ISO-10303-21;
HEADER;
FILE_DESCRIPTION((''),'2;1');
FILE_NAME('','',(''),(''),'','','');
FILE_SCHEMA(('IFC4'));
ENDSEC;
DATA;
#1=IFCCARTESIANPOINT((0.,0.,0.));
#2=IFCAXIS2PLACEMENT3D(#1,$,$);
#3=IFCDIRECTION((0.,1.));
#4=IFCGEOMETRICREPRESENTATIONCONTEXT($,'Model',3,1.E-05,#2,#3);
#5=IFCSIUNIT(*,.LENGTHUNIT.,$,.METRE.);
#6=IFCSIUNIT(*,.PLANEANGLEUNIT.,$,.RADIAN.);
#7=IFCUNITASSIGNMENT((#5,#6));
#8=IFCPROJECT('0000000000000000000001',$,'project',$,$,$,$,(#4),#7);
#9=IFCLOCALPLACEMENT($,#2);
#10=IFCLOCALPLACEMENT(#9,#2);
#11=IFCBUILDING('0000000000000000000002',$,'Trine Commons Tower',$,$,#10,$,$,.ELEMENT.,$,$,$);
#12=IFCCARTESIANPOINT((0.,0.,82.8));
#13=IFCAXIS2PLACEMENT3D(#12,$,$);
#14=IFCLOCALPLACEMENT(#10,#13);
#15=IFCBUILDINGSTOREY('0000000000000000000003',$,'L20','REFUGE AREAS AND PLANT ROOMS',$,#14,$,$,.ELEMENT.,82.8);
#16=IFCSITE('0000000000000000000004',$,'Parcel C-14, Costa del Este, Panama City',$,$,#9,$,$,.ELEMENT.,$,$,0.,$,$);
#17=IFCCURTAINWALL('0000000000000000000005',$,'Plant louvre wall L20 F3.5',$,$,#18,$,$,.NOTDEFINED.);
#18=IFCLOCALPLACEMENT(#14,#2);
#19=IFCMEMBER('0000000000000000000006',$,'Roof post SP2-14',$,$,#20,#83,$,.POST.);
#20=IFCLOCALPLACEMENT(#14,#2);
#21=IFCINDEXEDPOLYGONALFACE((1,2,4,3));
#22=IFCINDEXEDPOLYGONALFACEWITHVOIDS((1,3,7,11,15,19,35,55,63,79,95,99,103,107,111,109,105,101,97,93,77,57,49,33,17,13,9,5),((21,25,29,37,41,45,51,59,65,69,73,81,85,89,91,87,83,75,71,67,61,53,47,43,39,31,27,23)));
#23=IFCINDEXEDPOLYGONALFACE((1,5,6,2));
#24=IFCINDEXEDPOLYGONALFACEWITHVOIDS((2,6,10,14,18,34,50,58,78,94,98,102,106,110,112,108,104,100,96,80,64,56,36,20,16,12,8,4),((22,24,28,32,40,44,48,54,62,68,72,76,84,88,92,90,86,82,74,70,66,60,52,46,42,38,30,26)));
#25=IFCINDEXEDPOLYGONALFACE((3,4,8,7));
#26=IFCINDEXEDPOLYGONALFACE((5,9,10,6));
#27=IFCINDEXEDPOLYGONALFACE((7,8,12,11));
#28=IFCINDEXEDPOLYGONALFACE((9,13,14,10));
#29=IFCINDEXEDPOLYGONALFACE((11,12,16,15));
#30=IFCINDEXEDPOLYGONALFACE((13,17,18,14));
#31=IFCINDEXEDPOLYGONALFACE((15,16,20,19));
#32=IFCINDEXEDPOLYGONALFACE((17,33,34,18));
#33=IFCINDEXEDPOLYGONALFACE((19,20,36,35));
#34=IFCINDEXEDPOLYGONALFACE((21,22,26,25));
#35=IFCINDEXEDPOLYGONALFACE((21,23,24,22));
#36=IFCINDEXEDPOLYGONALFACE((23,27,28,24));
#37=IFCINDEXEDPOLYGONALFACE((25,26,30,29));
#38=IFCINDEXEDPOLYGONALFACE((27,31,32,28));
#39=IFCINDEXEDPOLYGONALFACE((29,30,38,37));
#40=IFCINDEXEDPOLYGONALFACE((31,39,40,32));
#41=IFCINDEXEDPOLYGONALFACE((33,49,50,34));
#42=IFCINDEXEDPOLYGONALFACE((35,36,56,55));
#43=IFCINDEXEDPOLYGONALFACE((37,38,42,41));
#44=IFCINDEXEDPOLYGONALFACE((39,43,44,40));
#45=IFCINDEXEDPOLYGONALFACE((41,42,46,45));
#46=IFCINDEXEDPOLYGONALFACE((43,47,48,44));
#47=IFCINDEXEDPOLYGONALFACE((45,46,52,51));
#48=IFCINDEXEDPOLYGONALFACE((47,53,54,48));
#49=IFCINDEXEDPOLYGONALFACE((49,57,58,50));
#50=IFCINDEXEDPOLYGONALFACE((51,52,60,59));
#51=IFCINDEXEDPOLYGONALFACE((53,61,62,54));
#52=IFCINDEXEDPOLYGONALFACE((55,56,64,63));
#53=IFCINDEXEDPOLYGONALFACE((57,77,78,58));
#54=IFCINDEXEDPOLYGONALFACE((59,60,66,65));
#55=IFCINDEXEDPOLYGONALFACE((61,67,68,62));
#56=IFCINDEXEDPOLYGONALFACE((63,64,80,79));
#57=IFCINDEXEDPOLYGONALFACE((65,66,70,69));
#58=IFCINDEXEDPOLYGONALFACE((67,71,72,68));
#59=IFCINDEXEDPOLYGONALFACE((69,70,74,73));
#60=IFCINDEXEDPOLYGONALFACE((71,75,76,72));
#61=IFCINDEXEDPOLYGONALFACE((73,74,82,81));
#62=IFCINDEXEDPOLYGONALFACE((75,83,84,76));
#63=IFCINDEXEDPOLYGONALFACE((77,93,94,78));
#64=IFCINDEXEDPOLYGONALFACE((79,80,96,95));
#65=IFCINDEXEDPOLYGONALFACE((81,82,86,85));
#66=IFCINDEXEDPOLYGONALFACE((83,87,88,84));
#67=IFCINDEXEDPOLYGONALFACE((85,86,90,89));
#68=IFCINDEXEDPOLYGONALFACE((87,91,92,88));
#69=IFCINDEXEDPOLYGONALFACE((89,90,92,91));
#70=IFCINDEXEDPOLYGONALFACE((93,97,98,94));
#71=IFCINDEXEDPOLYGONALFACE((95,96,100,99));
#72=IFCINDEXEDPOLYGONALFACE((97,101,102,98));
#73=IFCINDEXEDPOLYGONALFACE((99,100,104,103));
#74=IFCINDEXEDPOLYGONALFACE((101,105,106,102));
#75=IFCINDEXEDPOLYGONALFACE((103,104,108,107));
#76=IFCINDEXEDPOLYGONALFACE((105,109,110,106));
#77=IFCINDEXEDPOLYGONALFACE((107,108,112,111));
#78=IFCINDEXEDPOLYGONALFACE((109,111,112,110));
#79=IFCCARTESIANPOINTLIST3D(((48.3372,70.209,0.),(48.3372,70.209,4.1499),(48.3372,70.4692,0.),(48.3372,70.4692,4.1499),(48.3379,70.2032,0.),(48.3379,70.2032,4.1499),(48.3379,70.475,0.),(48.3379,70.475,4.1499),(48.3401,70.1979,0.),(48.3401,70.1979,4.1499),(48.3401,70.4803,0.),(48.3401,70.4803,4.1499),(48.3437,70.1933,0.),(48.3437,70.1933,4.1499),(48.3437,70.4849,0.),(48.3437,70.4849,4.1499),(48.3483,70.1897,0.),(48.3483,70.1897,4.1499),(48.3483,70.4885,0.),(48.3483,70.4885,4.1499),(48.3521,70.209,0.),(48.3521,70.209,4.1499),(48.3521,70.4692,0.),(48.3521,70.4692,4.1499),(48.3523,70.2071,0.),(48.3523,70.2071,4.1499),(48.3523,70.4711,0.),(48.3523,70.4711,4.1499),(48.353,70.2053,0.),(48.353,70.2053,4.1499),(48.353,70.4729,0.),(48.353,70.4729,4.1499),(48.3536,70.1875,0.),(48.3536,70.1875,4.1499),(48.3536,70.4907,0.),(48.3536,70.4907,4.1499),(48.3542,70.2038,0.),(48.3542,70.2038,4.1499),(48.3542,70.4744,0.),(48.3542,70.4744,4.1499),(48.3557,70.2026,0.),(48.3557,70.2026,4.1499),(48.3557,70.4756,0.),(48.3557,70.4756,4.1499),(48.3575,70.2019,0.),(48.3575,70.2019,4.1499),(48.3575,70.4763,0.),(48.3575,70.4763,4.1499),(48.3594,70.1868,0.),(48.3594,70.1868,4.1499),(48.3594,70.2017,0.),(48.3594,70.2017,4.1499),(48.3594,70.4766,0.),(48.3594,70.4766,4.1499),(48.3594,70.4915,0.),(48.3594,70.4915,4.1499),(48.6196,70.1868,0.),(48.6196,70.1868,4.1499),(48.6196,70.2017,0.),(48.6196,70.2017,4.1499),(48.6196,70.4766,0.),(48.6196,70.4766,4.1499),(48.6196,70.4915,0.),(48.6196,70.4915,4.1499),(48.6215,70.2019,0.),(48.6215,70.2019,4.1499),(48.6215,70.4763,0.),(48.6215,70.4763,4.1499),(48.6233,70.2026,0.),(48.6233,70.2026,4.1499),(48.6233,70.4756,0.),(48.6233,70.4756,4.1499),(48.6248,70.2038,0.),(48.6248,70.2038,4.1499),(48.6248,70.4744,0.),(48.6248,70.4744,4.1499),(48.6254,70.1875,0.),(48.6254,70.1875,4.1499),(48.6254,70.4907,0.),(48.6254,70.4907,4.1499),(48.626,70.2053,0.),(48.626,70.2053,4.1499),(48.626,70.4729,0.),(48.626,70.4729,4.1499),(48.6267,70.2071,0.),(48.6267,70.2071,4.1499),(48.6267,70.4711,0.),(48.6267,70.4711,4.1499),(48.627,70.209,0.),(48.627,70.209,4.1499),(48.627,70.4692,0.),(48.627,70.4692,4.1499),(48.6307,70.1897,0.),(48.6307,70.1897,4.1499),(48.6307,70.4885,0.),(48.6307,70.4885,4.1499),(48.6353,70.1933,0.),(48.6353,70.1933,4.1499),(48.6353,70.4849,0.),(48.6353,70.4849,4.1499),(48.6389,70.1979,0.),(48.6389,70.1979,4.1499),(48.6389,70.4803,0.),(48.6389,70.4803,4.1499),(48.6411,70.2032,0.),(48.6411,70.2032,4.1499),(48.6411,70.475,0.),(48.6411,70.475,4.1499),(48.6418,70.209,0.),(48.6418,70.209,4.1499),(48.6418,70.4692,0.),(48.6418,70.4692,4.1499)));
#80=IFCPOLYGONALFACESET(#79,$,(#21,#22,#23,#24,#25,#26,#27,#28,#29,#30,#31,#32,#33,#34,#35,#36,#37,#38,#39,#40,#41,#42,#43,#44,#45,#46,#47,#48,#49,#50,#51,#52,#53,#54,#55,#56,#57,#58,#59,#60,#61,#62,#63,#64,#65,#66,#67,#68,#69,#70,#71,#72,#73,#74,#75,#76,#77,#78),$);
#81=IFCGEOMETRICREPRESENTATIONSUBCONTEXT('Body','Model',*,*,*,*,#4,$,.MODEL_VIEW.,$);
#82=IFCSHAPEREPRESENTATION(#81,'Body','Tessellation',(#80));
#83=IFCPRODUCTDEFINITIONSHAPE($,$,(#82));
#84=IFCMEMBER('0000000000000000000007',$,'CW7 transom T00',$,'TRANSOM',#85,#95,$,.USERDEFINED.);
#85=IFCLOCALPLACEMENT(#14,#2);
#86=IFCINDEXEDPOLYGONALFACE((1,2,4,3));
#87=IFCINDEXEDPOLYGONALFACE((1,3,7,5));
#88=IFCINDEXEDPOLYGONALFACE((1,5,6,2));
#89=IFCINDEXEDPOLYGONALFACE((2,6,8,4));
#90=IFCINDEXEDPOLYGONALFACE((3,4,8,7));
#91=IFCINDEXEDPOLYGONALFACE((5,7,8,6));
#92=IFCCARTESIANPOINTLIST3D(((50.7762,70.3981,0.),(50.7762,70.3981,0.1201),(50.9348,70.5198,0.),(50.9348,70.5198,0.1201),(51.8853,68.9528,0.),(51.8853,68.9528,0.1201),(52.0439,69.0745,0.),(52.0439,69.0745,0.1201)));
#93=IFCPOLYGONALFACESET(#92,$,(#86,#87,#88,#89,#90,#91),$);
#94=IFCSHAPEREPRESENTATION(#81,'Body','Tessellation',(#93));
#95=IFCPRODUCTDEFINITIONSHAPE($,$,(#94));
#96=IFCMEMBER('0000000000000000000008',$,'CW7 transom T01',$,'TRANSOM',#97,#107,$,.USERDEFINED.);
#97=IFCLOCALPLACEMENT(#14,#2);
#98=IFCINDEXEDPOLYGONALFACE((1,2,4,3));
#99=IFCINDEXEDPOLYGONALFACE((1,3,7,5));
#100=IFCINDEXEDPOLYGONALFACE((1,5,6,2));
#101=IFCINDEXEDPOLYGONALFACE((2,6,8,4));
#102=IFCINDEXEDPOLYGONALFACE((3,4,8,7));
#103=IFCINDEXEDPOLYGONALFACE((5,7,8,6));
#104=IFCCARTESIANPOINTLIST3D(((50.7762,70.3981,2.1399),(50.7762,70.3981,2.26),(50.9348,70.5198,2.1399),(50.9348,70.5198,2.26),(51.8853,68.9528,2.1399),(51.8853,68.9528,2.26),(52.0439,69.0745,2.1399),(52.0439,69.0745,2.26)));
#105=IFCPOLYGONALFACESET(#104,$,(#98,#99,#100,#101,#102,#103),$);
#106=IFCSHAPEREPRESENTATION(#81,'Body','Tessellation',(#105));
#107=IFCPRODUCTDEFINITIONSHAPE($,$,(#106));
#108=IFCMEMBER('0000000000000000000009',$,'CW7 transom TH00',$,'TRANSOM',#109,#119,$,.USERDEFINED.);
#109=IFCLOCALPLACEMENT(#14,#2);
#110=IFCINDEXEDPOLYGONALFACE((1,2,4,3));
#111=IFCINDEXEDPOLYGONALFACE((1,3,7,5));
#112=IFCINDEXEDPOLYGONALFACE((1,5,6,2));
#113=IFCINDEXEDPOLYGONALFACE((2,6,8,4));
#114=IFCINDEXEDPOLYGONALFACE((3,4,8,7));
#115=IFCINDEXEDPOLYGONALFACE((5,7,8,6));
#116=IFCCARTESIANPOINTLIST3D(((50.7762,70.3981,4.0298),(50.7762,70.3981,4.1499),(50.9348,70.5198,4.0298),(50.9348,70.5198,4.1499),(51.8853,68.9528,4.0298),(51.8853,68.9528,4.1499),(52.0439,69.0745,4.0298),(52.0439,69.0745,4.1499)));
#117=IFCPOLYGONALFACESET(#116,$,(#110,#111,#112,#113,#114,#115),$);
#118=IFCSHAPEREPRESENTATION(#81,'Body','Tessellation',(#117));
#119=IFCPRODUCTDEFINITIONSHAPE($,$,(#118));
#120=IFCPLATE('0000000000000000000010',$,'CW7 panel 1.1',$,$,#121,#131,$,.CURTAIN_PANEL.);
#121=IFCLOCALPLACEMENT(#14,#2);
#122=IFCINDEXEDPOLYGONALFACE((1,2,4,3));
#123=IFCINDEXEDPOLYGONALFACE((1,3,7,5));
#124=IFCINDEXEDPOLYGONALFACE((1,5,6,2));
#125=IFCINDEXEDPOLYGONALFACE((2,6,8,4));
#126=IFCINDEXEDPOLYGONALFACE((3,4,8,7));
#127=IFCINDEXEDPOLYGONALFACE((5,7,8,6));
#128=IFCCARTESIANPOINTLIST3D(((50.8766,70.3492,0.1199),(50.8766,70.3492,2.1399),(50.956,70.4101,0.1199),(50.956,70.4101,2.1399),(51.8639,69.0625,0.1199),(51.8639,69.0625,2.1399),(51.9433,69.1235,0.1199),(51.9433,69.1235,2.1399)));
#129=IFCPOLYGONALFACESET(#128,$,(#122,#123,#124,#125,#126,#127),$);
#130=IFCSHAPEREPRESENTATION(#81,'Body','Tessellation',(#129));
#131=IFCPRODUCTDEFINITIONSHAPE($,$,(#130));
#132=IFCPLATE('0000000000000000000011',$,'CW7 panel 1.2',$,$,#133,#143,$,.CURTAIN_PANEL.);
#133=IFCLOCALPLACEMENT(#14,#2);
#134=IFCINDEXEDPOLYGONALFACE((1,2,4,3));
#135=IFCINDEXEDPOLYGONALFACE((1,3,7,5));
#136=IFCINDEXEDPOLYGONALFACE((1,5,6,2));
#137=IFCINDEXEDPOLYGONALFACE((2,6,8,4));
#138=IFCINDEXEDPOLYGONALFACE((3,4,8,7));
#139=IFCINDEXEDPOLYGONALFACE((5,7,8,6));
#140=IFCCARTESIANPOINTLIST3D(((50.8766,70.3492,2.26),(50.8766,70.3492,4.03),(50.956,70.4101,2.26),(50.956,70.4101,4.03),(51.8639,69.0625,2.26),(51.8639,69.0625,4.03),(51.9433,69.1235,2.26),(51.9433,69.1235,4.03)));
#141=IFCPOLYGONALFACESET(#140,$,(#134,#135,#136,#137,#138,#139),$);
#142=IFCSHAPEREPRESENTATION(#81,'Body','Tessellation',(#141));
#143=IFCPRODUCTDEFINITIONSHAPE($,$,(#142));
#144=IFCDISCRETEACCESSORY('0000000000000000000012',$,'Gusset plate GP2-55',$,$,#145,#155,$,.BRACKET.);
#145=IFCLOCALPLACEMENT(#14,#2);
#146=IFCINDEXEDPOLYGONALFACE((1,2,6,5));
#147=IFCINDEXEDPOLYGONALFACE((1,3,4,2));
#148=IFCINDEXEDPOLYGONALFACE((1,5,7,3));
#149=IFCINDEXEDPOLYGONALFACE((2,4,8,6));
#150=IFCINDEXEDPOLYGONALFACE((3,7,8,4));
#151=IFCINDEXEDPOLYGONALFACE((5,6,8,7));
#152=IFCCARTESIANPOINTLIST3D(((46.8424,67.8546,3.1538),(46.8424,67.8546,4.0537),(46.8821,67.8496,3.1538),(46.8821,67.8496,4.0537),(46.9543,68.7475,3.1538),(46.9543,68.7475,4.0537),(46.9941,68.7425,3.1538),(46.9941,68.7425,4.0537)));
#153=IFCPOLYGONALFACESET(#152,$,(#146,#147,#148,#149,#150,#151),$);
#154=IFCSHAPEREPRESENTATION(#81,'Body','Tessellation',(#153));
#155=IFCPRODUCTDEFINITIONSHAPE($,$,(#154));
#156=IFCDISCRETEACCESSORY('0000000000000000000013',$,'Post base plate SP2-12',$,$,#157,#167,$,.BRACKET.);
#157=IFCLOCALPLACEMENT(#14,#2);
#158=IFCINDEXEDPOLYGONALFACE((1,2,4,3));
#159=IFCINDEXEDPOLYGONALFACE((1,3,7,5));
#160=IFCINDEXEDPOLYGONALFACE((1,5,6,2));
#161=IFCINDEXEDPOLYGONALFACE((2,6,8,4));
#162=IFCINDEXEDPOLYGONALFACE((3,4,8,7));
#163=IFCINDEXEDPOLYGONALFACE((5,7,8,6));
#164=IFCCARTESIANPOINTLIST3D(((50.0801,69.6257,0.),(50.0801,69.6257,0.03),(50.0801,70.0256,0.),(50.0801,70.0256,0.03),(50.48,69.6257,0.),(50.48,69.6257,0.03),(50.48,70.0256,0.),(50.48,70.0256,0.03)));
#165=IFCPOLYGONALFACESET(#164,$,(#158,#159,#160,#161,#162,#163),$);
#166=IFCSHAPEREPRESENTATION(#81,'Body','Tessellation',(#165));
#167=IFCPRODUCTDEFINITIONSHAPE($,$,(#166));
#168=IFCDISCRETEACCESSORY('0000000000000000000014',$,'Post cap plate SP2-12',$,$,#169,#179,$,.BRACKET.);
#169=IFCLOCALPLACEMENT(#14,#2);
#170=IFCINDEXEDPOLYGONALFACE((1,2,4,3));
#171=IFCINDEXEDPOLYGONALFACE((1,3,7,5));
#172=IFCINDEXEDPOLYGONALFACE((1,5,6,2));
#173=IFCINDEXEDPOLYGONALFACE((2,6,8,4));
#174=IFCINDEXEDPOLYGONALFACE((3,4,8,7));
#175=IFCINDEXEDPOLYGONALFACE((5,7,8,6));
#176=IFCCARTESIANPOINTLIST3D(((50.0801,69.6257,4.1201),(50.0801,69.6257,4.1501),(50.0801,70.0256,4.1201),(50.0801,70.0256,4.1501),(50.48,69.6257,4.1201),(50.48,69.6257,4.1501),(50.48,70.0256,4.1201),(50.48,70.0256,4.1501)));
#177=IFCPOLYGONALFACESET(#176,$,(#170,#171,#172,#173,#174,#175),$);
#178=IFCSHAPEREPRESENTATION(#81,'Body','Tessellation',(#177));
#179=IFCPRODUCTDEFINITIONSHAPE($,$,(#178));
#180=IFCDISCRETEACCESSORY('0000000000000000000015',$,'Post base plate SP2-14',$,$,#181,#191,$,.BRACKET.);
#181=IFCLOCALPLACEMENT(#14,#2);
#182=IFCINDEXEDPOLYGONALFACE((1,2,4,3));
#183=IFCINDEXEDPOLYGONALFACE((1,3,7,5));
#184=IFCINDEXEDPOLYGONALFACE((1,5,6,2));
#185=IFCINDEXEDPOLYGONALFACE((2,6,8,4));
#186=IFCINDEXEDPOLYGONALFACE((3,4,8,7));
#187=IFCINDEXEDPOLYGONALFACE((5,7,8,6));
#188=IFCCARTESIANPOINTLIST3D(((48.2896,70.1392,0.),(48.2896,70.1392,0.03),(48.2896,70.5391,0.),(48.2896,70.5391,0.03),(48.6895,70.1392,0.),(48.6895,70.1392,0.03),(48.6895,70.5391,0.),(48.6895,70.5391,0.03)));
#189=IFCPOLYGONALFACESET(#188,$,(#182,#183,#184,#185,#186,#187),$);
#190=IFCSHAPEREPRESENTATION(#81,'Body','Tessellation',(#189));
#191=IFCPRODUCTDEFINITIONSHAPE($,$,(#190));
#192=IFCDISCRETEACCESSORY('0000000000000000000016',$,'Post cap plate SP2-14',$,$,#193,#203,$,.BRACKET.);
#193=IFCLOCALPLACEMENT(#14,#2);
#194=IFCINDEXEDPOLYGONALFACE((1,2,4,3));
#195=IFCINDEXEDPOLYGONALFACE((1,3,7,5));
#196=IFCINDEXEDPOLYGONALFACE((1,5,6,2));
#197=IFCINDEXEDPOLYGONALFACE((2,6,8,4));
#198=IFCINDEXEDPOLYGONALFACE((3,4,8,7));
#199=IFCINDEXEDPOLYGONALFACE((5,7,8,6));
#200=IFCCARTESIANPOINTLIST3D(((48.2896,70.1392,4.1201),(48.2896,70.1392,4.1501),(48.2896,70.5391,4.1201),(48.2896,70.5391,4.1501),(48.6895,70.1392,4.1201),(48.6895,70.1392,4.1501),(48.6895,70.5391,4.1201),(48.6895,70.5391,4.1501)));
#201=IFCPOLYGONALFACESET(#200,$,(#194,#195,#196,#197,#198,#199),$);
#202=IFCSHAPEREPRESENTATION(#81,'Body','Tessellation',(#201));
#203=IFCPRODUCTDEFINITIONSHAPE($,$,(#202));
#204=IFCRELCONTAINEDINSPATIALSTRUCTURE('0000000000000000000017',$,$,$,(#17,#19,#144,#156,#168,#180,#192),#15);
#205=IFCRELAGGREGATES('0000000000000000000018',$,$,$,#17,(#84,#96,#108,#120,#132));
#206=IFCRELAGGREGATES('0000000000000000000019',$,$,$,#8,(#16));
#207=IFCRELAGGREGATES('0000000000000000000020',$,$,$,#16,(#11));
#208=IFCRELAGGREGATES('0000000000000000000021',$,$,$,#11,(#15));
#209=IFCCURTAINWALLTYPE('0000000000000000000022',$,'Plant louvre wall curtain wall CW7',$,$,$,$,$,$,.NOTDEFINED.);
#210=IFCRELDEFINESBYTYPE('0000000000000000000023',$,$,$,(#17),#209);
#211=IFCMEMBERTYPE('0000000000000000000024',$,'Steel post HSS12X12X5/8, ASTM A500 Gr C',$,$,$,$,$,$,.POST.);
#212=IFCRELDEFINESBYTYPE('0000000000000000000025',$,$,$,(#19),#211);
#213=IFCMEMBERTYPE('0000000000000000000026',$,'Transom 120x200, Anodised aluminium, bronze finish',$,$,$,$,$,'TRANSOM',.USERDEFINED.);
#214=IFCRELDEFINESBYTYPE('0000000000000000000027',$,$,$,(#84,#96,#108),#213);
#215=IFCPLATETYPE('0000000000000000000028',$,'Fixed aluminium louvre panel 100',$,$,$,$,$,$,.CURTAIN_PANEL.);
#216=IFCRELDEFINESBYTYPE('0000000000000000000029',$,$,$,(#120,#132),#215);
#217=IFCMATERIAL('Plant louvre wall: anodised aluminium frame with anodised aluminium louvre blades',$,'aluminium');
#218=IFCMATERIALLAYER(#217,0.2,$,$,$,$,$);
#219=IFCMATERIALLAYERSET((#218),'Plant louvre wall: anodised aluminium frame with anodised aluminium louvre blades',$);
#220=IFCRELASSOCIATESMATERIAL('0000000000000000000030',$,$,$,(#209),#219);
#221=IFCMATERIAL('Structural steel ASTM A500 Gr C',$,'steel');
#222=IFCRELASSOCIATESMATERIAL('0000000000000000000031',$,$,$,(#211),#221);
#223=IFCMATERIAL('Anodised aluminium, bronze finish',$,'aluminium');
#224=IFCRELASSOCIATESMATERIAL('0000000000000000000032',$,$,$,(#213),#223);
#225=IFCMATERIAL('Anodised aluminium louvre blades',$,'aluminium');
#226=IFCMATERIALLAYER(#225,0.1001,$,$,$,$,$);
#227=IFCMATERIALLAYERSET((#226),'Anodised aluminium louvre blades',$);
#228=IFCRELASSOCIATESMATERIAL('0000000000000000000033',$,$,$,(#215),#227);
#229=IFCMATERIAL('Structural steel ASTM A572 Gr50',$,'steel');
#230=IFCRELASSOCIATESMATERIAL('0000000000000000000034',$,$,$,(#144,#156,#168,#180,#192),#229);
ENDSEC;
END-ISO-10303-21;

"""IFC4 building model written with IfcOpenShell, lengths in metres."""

from ifc_helpers import new_model, si_unit, direction, frame, origin, origin_2d, place, context, subcontext, project, spatial, rectangle, hollow_rectangle, extrude, material, layer, layer_set, material_profile, profile_set, type_object, element, aggregate, save


model = new_model("IFC4")

# Units and contexts
model_context = context("Model", 3, precision=1e-05, world=origin(), true_north=direction((0.0, 1.0)))
body_context = subcontext(model_context, "Body", "Model", "MODEL_VIEW")
ifc_project = project(units=[si_unit("LENGTHUNIT", "METRE"), si_unit("PLANEANGLEUNIT", "RADIAN")], contexts=[model_context])

# Site, building, storey
site_placement = place(None, origin())
site = spatial("IfcSite", under=ifc_project, at=site_placement, Name="Parcel C-14, Costa del Este, Panama City", CompositionType="ELEMENT", RefElevation=0.0)
building_placement = place(site_placement, origin())
building = spatial("IfcBuilding", under=site, at=building_placement, Name="Trine Commons Tower", CompositionType="ELEMENT")
storey_placement = place(building_placement, frame((0.0, 0.0, 82.8)))
storey = spatial("IfcBuildingStorey", under=building, at=storey_placement, Name="L20", Description="REFUGE AREAS AND PLANT ROOMS", CompositionType="ELEMENT", Elevation=82.8)

# Curtain wall
ifc_material_1 = material(Name="Plant louvre wall: anodised aluminium frame with anodised aluminium louvre blades", Category="aluminium")
ifc_layer_1 = layer(ifc_material_1, 0.2)
ifc_layer_set_1 = layer_set([ifc_layer_1], Name="Plant louvre wall: anodised aluminium frame with anodised aluminium louvre blades")
curtain_wall_type = type_object("IfcCurtainWallType", Name="Plant louvre wall curtain wall CW7", PredefinedType="NOTDEFINED", material=ifc_layer_set_1)
curtain_wall_placement = place(storey_placement, origin())
curtain_wall = element("IfcCurtainWall", 1, at=curtain_wall_placement, inside=storey, type_object=curtain_wall_type, Name="Plant louvre wall L20 F3.5", PredefinedType="NOTDEFINED")
ifc_material_2 = material(Name="Anodised aluminium, bronze finish", Category="aluminium")

# Member
ifc_material_3 = material(Name="Structural steel ASTM A500 Gr C", Category="steel")
ifc_material_profile_1 = material_profile(ifc_material_3, hollow_rectangle(XDim=0.3047, YDim=0.3047, WallThickness=0.0149, InnerFilletRadius=0.0073, OuterFilletRadius=0.0222, at=origin_2d()), Name="HSS12X12X5/8")
ifc_profile_set_1 = profile_set([ifc_material_profile_1], Name="Structural steel ASTM A500 Gr C")
member_type_1 = type_object("IfcMemberType", Name="Steel post HSS12X12X5/8, ASTM A500 Gr C", PredefinedType="POST", material=ifc_profile_set_1)
for number, where, z_axis, x_axis, name in (
    (2, (48.4895, 70.3391, 0.0), (0.0, 0.0, 1.0), (1.0, 0.0, 0.0), "Roof post SP2-14"),
):
    element("IfcMember", number, at=place(storey_placement, frame(where, z_axis=z_axis, x_axis=x_axis)), inside=storey, type_object=member_type_1, Name=name, PredefinedType="POST", context=body_context, shape_type="SweptSolid", body=[
        extrude(hollow_rectangle(XDim=0.3047, YDim=0.3047, WallThickness=0.0149, InnerFilletRadius=0.0073, OuterFilletRadius=0.0222, at=origin_2d()), origin(), (0.0, 0.0, 1.0), 4.1499),
    ])

# Members
ifc_material_profile_2 = material_profile(ifc_material_2, rectangle(XDim=0.2, YDim=0.1201, at=origin_2d()), Name="Transom 120x200")
ifc_profile_set_2 = profile_set([ifc_material_profile_2], Name="Anodised aluminium, bronze finish")
member_type_2 = type_object("IfcMemberType", Name="Transom 120x200, Anodised aluminium, bronze finish", ElementType="TRANSOM", PredefinedType="USERDEFINED", material=ifc_profile_set_2)
member_1_placement = place(storey_placement, frame((51.9646, 69.0137, 0.0601), z_axis=(-0.608797, 0.793326, 0.0), x_axis=(-0.793326, -0.608797, 0.0)))
member_1 = element("IfcMember", 3, at=member_1_placement, type_object=member_type_2, Name="CW7 transom T00", ObjectType="TRANSOM", PredefinedType="USERDEFINED", context=body_context, shape_type="SweptSolid", body=[
    extrude(rectangle(XDim=0.2, YDim=0.1201, at=origin_2d()), origin(), (0.0, 0.0, 1.0), 1.8218),
])
member_2_placement = place(storey_placement, frame((51.9646, 69.0137, 2.2), z_axis=(-0.608797, 0.793326, 0.0), x_axis=(-0.793326, -0.608797, 0.0)))
member_2 = element("IfcMember", 4, at=member_2_placement, type_object=member_type_2, Name="CW7 transom T01", ObjectType="TRANSOM", PredefinedType="USERDEFINED", context=body_context, shape_type="SweptSolid", body=[
    extrude(rectangle(XDim=0.2, YDim=0.1201, at=origin_2d()), origin(), (0.0, 0.0, 1.0), 1.8218),
])
member_3_placement = place(storey_placement, frame((51.9646, 69.0137, 4.0898), z_axis=(-0.608797, 0.793326, 0.0), x_axis=(-0.793326, -0.608797, 0.0)))
member_3 = element("IfcMember", 5, at=member_3_placement, type_object=member_type_2, Name="CW7 transom TH00", ObjectType="TRANSOM", PredefinedType="USERDEFINED", context=body_context, shape_type="SweptSolid", body=[
    extrude(rectangle(XDim=0.2, YDim=0.1201, at=origin_2d()), origin(), (0.0, 0.0, 1.0), 1.8218),
])

# Plates
ifc_material_4 = material(Name="Anodised aluminium louvre blades", Category="aluminium")
ifc_layer_2 = layer(ifc_material_4, 0.1001)
ifc_layer_set_2 = layer_set([ifc_layer_2], Name="Anodised aluminium louvre blades")
plate_type = type_object("IfcPlateType", Name="Fixed aluminium louvre panel 100", PredefinedType="CURTAIN_PANEL", material=ifc_layer_set_2)
plate_1_placement = place(storey_placement, frame((51.4099, 69.7363, 0.1199), z_axis=(0.0, 0.0, 1.0), x_axis=(-0.608761, 0.793353, 0.0)))
plate_1 = element("IfcPlate", 6, at=plate_1_placement, type_object=plate_type, Name="CW7 panel 1.1", PredefinedType="CURTAIN_PANEL", context=body_context, shape_type="SweptSolid", body=[
    extrude(rectangle(XDim=1.6218, YDim=0.1001, at=origin_2d()), origin(), (0.0, 0.0, 1.0), 2.02),
])
plate_2_placement = place(storey_placement, frame((51.4099, 69.7363, 2.26), z_axis=(0.0, 0.0, 1.0), x_axis=(-0.608761, 0.793353, 0.0)))
plate_2 = element("IfcPlate", 7, at=plate_2_placement, type_object=plate_type, Name="CW7 panel 1.2", PredefinedType="CURTAIN_PANEL", context=body_context, shape_type="SweptSolid", body=[
    extrude(rectangle(XDim=1.6218, YDim=0.1001, at=origin_2d()), origin(), (0.0, 0.0, 1.0), 1.77),
])
aggregate(curtain_wall, [member_1, member_2, member_3, plate_1, plate_2])

# Discrete accessories
ifc_material_5 = material(Name="Structural steel ASTM A572 Gr50", Category="steel")
discrete_accessory_placement = place(storey_placement, frame((46.9182, 68.2986, 3.1538), z_axis=(0.0, 0.0, 1.0), x_axis=(-0.12445, -0.992226, 0.0)))
element("IfcDiscreteAccessory", 8, at=discrete_accessory_placement, inside=storey, material=ifc_material_5, Name="Gusset plate GP2-55", PredefinedType="BRACKET", context=body_context, shape_type="SweptSolid", body=[
    extrude(rectangle(XDim=0.8999, YDim=0.04, at=origin_2d()), origin(), (0.0, 0.0, 1.0), 0.8999),
])
for number, where, z_axis, x_axis, name in (
    (9, (50.28, 69.8257, 0.0), (0.0, 0.0, 1.0), (1.0, 0.0, 0.0), "Post base plate SP2-12"),
    (10, (50.28, 69.8257, 4.1201), (0.0, 0.0, 1.0), (1.0, 0.0, 0.0), "Post cap plate SP2-12"),
    (11, (48.4895, 70.3391, 0.0), (0.0, 0.0, 1.0), (1.0, 0.0, 0.0), "Post base plate SP2-14"),
    (12, (48.4895, 70.3391, 4.1201), (0.0, 0.0, 1.0), (1.0, 0.0, 0.0), "Post cap plate SP2-14"),
):
    element("IfcDiscreteAccessory", number, at=place(storey_placement, frame(where, z_axis=z_axis, x_axis=x_axis)), inside=storey, material=ifc_material_5, Name=name, PredefinedType="BRACKET", context=body_context, shape_type="SweptSolid", body=[
        extrude(rectangle(XDim=0.3999, YDim=0.3999, at=origin_2d()), origin(), (0.0, 0.0, 1.0), 0.03),
    ])

save(model, "model.ifc")
